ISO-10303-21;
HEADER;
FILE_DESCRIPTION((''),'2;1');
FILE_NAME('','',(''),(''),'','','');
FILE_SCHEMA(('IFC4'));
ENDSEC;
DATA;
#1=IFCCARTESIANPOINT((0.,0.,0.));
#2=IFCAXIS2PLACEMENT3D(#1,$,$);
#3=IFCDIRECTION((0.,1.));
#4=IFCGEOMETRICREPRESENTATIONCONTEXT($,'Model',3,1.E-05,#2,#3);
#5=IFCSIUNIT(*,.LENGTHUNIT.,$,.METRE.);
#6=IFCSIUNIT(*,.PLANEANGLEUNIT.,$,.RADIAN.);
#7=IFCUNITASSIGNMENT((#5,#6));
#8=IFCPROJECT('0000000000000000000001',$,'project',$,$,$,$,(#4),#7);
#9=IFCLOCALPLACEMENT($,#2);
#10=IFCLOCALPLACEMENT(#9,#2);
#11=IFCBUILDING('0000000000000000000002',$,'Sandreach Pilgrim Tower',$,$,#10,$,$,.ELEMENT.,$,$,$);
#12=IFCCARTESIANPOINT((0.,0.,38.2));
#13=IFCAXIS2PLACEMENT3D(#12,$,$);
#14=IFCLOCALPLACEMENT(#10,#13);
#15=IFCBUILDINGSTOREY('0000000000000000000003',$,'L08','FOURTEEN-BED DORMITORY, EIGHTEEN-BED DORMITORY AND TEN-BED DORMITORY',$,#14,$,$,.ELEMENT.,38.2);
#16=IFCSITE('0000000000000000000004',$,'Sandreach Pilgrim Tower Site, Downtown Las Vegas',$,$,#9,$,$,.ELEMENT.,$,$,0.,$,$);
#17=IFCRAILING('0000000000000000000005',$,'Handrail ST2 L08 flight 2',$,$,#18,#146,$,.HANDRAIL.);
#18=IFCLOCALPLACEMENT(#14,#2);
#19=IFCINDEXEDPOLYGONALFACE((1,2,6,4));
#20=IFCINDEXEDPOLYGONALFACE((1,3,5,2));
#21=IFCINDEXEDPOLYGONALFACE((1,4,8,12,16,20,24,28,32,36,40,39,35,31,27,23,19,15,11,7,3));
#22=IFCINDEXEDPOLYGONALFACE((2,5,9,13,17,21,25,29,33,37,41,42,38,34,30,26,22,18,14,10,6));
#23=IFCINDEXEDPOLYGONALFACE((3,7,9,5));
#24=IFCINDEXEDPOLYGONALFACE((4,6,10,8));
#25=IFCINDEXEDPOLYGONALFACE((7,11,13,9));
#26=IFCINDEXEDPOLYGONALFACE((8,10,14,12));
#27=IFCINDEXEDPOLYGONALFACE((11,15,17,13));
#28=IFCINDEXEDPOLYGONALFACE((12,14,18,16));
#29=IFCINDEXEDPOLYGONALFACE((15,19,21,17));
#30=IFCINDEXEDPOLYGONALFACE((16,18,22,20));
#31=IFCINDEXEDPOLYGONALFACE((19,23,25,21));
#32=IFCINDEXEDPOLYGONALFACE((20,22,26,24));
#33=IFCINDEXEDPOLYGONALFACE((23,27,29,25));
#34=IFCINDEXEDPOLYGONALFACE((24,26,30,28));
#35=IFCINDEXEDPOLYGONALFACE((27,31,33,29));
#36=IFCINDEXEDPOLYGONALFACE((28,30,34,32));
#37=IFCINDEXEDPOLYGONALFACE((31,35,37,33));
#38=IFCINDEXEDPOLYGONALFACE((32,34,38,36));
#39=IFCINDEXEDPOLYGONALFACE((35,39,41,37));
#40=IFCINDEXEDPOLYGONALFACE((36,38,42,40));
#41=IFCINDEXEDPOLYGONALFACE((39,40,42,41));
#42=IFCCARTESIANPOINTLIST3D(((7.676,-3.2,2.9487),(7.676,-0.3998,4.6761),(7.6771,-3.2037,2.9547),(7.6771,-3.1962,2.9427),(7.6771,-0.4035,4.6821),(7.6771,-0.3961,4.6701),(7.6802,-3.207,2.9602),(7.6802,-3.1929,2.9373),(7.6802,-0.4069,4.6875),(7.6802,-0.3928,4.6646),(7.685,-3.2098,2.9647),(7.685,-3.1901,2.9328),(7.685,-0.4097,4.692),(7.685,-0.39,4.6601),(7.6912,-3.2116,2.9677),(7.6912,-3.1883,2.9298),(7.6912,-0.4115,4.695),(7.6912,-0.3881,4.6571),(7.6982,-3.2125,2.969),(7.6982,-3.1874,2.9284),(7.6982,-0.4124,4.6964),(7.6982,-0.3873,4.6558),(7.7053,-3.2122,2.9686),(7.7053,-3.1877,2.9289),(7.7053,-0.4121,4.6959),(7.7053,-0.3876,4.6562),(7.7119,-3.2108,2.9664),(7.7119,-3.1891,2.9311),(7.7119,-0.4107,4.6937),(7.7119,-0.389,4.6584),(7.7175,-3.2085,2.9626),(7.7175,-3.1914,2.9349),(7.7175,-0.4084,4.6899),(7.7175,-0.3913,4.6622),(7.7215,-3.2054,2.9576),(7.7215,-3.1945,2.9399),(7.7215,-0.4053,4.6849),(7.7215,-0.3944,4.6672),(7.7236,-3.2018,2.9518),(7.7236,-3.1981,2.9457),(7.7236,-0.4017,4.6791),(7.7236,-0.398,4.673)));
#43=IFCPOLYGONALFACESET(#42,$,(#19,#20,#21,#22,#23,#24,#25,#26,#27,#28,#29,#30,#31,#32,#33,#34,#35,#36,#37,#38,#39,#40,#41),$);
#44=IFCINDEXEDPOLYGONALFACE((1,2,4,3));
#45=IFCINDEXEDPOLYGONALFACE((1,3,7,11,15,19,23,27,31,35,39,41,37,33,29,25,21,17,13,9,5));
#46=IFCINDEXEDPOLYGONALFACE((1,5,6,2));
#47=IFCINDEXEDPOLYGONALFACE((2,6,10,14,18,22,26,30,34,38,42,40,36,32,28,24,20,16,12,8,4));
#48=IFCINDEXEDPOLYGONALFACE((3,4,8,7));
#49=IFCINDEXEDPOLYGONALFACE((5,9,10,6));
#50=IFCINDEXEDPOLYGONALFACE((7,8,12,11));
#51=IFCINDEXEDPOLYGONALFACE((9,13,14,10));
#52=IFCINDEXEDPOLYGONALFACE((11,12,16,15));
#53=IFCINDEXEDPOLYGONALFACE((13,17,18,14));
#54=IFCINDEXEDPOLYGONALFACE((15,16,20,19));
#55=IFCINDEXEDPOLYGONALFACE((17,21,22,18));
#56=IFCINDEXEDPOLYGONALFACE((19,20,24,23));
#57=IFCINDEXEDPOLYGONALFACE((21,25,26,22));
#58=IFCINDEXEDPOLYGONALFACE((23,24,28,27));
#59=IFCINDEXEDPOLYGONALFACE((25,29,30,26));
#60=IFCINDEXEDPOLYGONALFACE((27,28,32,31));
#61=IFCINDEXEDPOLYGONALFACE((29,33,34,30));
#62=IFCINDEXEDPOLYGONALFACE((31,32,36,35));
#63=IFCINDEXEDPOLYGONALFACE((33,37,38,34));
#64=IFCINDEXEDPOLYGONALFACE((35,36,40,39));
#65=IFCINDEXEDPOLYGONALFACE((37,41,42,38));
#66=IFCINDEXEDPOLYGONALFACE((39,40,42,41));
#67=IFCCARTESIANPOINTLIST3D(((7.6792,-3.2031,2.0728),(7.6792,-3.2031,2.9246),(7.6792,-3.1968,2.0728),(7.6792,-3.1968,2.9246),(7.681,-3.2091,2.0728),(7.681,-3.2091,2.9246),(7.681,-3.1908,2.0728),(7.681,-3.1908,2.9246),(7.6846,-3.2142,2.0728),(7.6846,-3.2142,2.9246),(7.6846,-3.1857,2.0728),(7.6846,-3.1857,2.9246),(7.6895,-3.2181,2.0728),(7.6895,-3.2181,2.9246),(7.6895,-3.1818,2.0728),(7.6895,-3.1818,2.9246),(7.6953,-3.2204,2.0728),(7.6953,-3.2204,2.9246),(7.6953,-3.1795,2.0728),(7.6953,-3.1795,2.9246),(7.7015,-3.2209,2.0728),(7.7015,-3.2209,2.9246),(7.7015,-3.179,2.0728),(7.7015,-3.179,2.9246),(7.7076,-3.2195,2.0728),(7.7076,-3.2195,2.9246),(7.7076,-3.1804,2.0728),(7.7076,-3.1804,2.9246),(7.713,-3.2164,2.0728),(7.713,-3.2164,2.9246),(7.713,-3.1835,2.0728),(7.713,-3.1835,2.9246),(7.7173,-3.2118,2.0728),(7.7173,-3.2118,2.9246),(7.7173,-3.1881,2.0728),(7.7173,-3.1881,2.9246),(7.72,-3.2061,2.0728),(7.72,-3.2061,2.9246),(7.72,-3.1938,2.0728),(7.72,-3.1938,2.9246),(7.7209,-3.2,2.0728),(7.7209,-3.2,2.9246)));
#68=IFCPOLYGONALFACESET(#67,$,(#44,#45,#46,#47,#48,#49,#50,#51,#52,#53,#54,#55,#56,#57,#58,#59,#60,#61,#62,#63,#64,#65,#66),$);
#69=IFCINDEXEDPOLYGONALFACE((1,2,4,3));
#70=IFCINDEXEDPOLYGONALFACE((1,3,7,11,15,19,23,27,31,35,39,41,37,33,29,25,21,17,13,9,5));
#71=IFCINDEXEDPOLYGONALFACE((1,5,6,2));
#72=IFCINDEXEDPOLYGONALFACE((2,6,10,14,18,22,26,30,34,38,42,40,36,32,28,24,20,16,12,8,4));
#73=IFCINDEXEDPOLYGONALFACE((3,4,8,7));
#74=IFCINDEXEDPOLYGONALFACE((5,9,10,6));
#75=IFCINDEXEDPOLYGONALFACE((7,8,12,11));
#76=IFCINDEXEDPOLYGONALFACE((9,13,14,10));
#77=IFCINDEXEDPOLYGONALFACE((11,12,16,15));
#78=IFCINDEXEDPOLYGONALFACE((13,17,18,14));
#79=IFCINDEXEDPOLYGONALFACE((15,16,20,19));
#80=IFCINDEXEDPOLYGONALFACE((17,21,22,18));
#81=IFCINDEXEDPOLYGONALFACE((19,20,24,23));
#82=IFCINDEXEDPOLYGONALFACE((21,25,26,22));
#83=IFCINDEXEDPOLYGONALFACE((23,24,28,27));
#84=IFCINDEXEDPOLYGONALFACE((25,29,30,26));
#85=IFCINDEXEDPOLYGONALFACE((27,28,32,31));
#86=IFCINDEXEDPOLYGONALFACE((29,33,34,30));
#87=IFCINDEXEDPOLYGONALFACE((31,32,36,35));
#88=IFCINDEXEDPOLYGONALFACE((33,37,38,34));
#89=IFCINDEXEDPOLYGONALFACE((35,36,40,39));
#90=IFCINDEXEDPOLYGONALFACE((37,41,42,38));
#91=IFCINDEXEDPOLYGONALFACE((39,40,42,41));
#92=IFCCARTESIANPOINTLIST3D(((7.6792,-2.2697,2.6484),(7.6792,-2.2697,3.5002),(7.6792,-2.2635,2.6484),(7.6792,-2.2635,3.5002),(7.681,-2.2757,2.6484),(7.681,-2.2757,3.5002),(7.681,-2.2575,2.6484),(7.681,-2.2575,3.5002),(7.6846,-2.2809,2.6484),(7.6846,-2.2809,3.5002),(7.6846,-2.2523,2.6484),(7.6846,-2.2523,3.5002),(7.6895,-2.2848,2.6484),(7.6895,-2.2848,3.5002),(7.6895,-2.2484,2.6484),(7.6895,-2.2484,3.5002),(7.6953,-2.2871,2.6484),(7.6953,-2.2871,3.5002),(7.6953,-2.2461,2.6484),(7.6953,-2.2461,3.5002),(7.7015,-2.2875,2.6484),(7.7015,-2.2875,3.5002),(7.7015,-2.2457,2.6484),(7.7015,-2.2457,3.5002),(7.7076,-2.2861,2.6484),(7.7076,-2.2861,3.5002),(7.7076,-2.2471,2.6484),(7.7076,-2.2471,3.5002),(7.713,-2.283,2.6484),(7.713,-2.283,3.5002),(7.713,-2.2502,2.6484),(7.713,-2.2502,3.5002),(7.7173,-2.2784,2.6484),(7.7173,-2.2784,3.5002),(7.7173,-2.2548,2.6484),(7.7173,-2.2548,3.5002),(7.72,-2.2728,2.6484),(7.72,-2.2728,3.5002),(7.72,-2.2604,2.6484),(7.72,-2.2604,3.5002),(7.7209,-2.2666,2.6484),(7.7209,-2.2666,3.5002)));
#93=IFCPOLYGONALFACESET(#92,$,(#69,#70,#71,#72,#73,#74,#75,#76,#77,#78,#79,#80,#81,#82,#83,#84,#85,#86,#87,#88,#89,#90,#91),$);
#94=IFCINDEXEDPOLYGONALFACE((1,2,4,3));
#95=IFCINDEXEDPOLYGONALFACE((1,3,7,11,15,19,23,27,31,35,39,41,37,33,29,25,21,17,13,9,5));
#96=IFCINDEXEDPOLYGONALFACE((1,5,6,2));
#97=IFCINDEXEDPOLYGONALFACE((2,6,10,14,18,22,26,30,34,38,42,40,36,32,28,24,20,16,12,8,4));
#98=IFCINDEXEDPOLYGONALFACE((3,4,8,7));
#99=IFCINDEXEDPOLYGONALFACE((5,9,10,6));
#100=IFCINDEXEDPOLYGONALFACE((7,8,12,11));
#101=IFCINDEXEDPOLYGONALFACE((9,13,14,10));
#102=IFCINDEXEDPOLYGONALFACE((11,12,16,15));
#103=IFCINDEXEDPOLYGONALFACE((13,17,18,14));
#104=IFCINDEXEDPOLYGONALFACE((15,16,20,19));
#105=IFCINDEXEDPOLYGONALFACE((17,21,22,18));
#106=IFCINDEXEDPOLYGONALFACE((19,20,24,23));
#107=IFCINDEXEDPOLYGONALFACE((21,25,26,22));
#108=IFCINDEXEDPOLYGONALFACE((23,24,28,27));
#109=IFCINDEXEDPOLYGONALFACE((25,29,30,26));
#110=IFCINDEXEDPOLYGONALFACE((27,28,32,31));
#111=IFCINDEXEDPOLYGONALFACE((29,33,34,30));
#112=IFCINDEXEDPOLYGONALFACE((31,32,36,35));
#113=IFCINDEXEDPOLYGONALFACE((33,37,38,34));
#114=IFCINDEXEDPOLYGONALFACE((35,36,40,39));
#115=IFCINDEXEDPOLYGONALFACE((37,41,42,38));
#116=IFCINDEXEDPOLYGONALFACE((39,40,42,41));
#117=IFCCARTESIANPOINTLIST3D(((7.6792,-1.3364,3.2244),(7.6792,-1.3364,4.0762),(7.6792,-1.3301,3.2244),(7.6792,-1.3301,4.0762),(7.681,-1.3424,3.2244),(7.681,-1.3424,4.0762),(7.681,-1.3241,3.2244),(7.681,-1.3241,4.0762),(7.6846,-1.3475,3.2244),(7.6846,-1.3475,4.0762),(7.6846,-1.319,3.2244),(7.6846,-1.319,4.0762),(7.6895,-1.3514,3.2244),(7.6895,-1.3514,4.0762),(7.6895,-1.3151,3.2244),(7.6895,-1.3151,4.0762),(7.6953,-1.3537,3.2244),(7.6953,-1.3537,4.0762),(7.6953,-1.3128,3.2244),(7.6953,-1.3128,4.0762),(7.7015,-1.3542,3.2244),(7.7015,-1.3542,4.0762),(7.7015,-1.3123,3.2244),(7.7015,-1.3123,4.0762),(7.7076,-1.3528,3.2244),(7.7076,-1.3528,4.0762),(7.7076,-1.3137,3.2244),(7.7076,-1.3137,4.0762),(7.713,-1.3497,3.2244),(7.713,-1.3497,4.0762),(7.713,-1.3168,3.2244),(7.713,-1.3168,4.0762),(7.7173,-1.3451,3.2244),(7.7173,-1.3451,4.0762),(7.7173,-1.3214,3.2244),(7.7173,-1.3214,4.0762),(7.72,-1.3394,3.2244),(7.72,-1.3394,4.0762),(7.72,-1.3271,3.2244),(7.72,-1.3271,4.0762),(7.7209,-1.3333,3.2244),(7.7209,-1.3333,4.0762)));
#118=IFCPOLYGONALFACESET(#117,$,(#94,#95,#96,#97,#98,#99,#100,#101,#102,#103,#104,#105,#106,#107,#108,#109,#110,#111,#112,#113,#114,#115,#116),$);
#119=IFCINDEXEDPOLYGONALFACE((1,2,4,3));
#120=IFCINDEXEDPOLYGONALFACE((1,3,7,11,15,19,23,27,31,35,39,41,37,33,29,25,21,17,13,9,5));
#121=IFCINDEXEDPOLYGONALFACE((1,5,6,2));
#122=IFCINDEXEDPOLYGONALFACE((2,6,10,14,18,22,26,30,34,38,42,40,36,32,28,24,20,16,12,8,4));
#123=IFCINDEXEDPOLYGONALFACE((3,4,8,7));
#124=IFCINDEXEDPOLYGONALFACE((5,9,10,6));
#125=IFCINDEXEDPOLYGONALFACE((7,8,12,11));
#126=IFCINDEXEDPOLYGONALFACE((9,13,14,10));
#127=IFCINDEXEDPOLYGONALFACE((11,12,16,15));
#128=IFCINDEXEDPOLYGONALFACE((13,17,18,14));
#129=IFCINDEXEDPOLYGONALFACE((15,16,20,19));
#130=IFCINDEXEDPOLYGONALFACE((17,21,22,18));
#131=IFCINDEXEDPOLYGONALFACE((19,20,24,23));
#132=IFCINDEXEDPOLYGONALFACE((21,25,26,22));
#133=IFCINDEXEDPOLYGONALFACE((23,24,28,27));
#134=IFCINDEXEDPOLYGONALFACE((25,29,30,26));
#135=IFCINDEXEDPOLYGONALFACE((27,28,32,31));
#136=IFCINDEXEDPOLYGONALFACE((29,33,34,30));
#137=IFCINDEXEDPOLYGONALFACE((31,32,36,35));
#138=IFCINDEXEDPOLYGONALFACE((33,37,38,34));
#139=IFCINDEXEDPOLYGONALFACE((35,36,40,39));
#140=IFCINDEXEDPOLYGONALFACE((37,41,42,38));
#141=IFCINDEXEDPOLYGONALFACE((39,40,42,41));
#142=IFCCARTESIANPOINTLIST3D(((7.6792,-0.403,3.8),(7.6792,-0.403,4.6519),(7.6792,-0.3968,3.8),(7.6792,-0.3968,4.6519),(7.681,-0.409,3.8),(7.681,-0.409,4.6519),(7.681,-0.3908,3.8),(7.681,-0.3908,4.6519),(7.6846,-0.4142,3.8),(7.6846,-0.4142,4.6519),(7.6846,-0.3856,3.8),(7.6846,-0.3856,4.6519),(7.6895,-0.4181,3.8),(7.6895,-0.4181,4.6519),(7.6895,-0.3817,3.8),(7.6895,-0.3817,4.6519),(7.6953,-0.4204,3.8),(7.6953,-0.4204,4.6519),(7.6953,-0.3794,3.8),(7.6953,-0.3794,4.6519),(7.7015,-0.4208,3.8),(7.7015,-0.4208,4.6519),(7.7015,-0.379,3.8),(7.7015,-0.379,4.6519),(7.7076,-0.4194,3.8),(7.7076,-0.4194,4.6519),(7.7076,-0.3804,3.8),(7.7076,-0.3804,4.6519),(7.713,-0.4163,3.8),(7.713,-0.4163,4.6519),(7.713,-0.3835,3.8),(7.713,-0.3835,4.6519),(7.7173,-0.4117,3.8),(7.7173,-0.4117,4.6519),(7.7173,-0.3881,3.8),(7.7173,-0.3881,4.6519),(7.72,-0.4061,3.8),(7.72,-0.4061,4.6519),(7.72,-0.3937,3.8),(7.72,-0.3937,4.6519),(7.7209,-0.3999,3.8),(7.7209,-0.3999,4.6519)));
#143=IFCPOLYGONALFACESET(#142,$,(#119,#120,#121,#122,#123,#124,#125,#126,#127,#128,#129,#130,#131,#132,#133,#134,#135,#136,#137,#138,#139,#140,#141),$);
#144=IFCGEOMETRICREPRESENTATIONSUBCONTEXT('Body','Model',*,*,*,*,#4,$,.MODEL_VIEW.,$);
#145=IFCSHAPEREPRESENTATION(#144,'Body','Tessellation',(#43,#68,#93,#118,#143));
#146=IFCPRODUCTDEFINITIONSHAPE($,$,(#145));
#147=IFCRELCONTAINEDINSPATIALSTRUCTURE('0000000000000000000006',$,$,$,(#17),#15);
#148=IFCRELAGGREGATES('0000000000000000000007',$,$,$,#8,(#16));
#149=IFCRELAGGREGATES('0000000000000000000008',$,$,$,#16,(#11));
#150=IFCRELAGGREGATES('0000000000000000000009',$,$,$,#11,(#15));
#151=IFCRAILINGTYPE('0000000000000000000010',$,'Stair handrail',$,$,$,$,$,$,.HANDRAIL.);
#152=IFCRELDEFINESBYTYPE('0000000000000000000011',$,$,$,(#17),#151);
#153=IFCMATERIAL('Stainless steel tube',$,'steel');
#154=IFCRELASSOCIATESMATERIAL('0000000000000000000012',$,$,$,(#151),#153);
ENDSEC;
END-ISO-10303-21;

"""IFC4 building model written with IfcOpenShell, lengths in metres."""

from ifc_helpers import new_model, si_unit, direction, frame, origin, origin_2d, place, context, subcontext, project, spatial, circle, extrude, material, type_object, element, save


model = new_model("IFC4")

# Units and contexts
model_context = context("Model", 3, precision=1e-05, world=origin(), true_north=direction((0.0, 1.0)))
body_context = subcontext(model_context, "Body", "Model", "MODEL_VIEW")
ifc_project = project(units=[si_unit("LENGTHUNIT", "METRE"), si_unit("PLANEANGLEUNIT", "RADIAN")], contexts=[model_context])

# Site, building, storey
site_placement = place(None, origin())
site = spatial("IfcSite", under=ifc_project, at=site_placement, Name="Sandreach Pilgrim Tower Site, Downtown Las Vegas", CompositionType="ELEMENT", RefElevation=0.0)
building_placement = place(site_placement, origin())
building = spatial("IfcBuilding", under=site, at=building_placement, Name="Sandreach Pilgrim Tower", CompositionType="ELEMENT")
storey_placement = place(building_placement, frame((0.0, 0.0, 38.2)))
storey = spatial("IfcBuildingStorey", under=building, at=storey_placement, Name="L08", Description="FOURTEEN-BED DORMITORY, EIGHTEEN-BED DORMITORY AND TEN-BED DORMITORY", CompositionType="ELEMENT", Elevation=38.2)

# Railing
ifc_material_1 = material(Name="Stainless steel tube", Category="steel")
railing_type = type_object("IfcRailingType", Name="Stair handrail", PredefinedType="HANDRAIL", material=ifc_material_1)
railing_placement = place(storey_placement, frame((7.7, -3.2, 2.0728)))
element("IfcRailing", 1, at=railing_placement, inside=storey, type_object=railing_type, Name="Handrail ST2 L08 flight 2", PredefinedType="HANDRAIL", context=body_context, shape_type="SweptSolid", body=[
    extrude(circle(Radius=0.0239, at=origin_2d()), frame((0.0, 0.0, 0.876), z_axis=(0.0, 0.85109, 0.52502), x_axis=(-1.0, 0.0, 0.0)), (0.0, 0.0, 1.0), 3.29),
    extrude(circle(Radius=0.021, at=origin_2d()), origin(), (0.0, 0.0, 1.0), 0.8518),
    extrude(circle(Radius=0.021, at=origin_2d()), frame((0.0, 0.9333, 0.5757)), (0.0, 0.0, 1.0), 0.8518),
    extrude(circle(Radius=0.021, at=origin_2d()), frame((0.0, 1.8667, 1.1516)), (0.0, 0.0, 1.0), 0.8518),
    extrude(circle(Radius=0.021, at=origin_2d()), frame((0.0, 2.8, 1.7273)), (0.0, 0.0, 1.0), 0.8518),
])

save(model, "model.ifc")
